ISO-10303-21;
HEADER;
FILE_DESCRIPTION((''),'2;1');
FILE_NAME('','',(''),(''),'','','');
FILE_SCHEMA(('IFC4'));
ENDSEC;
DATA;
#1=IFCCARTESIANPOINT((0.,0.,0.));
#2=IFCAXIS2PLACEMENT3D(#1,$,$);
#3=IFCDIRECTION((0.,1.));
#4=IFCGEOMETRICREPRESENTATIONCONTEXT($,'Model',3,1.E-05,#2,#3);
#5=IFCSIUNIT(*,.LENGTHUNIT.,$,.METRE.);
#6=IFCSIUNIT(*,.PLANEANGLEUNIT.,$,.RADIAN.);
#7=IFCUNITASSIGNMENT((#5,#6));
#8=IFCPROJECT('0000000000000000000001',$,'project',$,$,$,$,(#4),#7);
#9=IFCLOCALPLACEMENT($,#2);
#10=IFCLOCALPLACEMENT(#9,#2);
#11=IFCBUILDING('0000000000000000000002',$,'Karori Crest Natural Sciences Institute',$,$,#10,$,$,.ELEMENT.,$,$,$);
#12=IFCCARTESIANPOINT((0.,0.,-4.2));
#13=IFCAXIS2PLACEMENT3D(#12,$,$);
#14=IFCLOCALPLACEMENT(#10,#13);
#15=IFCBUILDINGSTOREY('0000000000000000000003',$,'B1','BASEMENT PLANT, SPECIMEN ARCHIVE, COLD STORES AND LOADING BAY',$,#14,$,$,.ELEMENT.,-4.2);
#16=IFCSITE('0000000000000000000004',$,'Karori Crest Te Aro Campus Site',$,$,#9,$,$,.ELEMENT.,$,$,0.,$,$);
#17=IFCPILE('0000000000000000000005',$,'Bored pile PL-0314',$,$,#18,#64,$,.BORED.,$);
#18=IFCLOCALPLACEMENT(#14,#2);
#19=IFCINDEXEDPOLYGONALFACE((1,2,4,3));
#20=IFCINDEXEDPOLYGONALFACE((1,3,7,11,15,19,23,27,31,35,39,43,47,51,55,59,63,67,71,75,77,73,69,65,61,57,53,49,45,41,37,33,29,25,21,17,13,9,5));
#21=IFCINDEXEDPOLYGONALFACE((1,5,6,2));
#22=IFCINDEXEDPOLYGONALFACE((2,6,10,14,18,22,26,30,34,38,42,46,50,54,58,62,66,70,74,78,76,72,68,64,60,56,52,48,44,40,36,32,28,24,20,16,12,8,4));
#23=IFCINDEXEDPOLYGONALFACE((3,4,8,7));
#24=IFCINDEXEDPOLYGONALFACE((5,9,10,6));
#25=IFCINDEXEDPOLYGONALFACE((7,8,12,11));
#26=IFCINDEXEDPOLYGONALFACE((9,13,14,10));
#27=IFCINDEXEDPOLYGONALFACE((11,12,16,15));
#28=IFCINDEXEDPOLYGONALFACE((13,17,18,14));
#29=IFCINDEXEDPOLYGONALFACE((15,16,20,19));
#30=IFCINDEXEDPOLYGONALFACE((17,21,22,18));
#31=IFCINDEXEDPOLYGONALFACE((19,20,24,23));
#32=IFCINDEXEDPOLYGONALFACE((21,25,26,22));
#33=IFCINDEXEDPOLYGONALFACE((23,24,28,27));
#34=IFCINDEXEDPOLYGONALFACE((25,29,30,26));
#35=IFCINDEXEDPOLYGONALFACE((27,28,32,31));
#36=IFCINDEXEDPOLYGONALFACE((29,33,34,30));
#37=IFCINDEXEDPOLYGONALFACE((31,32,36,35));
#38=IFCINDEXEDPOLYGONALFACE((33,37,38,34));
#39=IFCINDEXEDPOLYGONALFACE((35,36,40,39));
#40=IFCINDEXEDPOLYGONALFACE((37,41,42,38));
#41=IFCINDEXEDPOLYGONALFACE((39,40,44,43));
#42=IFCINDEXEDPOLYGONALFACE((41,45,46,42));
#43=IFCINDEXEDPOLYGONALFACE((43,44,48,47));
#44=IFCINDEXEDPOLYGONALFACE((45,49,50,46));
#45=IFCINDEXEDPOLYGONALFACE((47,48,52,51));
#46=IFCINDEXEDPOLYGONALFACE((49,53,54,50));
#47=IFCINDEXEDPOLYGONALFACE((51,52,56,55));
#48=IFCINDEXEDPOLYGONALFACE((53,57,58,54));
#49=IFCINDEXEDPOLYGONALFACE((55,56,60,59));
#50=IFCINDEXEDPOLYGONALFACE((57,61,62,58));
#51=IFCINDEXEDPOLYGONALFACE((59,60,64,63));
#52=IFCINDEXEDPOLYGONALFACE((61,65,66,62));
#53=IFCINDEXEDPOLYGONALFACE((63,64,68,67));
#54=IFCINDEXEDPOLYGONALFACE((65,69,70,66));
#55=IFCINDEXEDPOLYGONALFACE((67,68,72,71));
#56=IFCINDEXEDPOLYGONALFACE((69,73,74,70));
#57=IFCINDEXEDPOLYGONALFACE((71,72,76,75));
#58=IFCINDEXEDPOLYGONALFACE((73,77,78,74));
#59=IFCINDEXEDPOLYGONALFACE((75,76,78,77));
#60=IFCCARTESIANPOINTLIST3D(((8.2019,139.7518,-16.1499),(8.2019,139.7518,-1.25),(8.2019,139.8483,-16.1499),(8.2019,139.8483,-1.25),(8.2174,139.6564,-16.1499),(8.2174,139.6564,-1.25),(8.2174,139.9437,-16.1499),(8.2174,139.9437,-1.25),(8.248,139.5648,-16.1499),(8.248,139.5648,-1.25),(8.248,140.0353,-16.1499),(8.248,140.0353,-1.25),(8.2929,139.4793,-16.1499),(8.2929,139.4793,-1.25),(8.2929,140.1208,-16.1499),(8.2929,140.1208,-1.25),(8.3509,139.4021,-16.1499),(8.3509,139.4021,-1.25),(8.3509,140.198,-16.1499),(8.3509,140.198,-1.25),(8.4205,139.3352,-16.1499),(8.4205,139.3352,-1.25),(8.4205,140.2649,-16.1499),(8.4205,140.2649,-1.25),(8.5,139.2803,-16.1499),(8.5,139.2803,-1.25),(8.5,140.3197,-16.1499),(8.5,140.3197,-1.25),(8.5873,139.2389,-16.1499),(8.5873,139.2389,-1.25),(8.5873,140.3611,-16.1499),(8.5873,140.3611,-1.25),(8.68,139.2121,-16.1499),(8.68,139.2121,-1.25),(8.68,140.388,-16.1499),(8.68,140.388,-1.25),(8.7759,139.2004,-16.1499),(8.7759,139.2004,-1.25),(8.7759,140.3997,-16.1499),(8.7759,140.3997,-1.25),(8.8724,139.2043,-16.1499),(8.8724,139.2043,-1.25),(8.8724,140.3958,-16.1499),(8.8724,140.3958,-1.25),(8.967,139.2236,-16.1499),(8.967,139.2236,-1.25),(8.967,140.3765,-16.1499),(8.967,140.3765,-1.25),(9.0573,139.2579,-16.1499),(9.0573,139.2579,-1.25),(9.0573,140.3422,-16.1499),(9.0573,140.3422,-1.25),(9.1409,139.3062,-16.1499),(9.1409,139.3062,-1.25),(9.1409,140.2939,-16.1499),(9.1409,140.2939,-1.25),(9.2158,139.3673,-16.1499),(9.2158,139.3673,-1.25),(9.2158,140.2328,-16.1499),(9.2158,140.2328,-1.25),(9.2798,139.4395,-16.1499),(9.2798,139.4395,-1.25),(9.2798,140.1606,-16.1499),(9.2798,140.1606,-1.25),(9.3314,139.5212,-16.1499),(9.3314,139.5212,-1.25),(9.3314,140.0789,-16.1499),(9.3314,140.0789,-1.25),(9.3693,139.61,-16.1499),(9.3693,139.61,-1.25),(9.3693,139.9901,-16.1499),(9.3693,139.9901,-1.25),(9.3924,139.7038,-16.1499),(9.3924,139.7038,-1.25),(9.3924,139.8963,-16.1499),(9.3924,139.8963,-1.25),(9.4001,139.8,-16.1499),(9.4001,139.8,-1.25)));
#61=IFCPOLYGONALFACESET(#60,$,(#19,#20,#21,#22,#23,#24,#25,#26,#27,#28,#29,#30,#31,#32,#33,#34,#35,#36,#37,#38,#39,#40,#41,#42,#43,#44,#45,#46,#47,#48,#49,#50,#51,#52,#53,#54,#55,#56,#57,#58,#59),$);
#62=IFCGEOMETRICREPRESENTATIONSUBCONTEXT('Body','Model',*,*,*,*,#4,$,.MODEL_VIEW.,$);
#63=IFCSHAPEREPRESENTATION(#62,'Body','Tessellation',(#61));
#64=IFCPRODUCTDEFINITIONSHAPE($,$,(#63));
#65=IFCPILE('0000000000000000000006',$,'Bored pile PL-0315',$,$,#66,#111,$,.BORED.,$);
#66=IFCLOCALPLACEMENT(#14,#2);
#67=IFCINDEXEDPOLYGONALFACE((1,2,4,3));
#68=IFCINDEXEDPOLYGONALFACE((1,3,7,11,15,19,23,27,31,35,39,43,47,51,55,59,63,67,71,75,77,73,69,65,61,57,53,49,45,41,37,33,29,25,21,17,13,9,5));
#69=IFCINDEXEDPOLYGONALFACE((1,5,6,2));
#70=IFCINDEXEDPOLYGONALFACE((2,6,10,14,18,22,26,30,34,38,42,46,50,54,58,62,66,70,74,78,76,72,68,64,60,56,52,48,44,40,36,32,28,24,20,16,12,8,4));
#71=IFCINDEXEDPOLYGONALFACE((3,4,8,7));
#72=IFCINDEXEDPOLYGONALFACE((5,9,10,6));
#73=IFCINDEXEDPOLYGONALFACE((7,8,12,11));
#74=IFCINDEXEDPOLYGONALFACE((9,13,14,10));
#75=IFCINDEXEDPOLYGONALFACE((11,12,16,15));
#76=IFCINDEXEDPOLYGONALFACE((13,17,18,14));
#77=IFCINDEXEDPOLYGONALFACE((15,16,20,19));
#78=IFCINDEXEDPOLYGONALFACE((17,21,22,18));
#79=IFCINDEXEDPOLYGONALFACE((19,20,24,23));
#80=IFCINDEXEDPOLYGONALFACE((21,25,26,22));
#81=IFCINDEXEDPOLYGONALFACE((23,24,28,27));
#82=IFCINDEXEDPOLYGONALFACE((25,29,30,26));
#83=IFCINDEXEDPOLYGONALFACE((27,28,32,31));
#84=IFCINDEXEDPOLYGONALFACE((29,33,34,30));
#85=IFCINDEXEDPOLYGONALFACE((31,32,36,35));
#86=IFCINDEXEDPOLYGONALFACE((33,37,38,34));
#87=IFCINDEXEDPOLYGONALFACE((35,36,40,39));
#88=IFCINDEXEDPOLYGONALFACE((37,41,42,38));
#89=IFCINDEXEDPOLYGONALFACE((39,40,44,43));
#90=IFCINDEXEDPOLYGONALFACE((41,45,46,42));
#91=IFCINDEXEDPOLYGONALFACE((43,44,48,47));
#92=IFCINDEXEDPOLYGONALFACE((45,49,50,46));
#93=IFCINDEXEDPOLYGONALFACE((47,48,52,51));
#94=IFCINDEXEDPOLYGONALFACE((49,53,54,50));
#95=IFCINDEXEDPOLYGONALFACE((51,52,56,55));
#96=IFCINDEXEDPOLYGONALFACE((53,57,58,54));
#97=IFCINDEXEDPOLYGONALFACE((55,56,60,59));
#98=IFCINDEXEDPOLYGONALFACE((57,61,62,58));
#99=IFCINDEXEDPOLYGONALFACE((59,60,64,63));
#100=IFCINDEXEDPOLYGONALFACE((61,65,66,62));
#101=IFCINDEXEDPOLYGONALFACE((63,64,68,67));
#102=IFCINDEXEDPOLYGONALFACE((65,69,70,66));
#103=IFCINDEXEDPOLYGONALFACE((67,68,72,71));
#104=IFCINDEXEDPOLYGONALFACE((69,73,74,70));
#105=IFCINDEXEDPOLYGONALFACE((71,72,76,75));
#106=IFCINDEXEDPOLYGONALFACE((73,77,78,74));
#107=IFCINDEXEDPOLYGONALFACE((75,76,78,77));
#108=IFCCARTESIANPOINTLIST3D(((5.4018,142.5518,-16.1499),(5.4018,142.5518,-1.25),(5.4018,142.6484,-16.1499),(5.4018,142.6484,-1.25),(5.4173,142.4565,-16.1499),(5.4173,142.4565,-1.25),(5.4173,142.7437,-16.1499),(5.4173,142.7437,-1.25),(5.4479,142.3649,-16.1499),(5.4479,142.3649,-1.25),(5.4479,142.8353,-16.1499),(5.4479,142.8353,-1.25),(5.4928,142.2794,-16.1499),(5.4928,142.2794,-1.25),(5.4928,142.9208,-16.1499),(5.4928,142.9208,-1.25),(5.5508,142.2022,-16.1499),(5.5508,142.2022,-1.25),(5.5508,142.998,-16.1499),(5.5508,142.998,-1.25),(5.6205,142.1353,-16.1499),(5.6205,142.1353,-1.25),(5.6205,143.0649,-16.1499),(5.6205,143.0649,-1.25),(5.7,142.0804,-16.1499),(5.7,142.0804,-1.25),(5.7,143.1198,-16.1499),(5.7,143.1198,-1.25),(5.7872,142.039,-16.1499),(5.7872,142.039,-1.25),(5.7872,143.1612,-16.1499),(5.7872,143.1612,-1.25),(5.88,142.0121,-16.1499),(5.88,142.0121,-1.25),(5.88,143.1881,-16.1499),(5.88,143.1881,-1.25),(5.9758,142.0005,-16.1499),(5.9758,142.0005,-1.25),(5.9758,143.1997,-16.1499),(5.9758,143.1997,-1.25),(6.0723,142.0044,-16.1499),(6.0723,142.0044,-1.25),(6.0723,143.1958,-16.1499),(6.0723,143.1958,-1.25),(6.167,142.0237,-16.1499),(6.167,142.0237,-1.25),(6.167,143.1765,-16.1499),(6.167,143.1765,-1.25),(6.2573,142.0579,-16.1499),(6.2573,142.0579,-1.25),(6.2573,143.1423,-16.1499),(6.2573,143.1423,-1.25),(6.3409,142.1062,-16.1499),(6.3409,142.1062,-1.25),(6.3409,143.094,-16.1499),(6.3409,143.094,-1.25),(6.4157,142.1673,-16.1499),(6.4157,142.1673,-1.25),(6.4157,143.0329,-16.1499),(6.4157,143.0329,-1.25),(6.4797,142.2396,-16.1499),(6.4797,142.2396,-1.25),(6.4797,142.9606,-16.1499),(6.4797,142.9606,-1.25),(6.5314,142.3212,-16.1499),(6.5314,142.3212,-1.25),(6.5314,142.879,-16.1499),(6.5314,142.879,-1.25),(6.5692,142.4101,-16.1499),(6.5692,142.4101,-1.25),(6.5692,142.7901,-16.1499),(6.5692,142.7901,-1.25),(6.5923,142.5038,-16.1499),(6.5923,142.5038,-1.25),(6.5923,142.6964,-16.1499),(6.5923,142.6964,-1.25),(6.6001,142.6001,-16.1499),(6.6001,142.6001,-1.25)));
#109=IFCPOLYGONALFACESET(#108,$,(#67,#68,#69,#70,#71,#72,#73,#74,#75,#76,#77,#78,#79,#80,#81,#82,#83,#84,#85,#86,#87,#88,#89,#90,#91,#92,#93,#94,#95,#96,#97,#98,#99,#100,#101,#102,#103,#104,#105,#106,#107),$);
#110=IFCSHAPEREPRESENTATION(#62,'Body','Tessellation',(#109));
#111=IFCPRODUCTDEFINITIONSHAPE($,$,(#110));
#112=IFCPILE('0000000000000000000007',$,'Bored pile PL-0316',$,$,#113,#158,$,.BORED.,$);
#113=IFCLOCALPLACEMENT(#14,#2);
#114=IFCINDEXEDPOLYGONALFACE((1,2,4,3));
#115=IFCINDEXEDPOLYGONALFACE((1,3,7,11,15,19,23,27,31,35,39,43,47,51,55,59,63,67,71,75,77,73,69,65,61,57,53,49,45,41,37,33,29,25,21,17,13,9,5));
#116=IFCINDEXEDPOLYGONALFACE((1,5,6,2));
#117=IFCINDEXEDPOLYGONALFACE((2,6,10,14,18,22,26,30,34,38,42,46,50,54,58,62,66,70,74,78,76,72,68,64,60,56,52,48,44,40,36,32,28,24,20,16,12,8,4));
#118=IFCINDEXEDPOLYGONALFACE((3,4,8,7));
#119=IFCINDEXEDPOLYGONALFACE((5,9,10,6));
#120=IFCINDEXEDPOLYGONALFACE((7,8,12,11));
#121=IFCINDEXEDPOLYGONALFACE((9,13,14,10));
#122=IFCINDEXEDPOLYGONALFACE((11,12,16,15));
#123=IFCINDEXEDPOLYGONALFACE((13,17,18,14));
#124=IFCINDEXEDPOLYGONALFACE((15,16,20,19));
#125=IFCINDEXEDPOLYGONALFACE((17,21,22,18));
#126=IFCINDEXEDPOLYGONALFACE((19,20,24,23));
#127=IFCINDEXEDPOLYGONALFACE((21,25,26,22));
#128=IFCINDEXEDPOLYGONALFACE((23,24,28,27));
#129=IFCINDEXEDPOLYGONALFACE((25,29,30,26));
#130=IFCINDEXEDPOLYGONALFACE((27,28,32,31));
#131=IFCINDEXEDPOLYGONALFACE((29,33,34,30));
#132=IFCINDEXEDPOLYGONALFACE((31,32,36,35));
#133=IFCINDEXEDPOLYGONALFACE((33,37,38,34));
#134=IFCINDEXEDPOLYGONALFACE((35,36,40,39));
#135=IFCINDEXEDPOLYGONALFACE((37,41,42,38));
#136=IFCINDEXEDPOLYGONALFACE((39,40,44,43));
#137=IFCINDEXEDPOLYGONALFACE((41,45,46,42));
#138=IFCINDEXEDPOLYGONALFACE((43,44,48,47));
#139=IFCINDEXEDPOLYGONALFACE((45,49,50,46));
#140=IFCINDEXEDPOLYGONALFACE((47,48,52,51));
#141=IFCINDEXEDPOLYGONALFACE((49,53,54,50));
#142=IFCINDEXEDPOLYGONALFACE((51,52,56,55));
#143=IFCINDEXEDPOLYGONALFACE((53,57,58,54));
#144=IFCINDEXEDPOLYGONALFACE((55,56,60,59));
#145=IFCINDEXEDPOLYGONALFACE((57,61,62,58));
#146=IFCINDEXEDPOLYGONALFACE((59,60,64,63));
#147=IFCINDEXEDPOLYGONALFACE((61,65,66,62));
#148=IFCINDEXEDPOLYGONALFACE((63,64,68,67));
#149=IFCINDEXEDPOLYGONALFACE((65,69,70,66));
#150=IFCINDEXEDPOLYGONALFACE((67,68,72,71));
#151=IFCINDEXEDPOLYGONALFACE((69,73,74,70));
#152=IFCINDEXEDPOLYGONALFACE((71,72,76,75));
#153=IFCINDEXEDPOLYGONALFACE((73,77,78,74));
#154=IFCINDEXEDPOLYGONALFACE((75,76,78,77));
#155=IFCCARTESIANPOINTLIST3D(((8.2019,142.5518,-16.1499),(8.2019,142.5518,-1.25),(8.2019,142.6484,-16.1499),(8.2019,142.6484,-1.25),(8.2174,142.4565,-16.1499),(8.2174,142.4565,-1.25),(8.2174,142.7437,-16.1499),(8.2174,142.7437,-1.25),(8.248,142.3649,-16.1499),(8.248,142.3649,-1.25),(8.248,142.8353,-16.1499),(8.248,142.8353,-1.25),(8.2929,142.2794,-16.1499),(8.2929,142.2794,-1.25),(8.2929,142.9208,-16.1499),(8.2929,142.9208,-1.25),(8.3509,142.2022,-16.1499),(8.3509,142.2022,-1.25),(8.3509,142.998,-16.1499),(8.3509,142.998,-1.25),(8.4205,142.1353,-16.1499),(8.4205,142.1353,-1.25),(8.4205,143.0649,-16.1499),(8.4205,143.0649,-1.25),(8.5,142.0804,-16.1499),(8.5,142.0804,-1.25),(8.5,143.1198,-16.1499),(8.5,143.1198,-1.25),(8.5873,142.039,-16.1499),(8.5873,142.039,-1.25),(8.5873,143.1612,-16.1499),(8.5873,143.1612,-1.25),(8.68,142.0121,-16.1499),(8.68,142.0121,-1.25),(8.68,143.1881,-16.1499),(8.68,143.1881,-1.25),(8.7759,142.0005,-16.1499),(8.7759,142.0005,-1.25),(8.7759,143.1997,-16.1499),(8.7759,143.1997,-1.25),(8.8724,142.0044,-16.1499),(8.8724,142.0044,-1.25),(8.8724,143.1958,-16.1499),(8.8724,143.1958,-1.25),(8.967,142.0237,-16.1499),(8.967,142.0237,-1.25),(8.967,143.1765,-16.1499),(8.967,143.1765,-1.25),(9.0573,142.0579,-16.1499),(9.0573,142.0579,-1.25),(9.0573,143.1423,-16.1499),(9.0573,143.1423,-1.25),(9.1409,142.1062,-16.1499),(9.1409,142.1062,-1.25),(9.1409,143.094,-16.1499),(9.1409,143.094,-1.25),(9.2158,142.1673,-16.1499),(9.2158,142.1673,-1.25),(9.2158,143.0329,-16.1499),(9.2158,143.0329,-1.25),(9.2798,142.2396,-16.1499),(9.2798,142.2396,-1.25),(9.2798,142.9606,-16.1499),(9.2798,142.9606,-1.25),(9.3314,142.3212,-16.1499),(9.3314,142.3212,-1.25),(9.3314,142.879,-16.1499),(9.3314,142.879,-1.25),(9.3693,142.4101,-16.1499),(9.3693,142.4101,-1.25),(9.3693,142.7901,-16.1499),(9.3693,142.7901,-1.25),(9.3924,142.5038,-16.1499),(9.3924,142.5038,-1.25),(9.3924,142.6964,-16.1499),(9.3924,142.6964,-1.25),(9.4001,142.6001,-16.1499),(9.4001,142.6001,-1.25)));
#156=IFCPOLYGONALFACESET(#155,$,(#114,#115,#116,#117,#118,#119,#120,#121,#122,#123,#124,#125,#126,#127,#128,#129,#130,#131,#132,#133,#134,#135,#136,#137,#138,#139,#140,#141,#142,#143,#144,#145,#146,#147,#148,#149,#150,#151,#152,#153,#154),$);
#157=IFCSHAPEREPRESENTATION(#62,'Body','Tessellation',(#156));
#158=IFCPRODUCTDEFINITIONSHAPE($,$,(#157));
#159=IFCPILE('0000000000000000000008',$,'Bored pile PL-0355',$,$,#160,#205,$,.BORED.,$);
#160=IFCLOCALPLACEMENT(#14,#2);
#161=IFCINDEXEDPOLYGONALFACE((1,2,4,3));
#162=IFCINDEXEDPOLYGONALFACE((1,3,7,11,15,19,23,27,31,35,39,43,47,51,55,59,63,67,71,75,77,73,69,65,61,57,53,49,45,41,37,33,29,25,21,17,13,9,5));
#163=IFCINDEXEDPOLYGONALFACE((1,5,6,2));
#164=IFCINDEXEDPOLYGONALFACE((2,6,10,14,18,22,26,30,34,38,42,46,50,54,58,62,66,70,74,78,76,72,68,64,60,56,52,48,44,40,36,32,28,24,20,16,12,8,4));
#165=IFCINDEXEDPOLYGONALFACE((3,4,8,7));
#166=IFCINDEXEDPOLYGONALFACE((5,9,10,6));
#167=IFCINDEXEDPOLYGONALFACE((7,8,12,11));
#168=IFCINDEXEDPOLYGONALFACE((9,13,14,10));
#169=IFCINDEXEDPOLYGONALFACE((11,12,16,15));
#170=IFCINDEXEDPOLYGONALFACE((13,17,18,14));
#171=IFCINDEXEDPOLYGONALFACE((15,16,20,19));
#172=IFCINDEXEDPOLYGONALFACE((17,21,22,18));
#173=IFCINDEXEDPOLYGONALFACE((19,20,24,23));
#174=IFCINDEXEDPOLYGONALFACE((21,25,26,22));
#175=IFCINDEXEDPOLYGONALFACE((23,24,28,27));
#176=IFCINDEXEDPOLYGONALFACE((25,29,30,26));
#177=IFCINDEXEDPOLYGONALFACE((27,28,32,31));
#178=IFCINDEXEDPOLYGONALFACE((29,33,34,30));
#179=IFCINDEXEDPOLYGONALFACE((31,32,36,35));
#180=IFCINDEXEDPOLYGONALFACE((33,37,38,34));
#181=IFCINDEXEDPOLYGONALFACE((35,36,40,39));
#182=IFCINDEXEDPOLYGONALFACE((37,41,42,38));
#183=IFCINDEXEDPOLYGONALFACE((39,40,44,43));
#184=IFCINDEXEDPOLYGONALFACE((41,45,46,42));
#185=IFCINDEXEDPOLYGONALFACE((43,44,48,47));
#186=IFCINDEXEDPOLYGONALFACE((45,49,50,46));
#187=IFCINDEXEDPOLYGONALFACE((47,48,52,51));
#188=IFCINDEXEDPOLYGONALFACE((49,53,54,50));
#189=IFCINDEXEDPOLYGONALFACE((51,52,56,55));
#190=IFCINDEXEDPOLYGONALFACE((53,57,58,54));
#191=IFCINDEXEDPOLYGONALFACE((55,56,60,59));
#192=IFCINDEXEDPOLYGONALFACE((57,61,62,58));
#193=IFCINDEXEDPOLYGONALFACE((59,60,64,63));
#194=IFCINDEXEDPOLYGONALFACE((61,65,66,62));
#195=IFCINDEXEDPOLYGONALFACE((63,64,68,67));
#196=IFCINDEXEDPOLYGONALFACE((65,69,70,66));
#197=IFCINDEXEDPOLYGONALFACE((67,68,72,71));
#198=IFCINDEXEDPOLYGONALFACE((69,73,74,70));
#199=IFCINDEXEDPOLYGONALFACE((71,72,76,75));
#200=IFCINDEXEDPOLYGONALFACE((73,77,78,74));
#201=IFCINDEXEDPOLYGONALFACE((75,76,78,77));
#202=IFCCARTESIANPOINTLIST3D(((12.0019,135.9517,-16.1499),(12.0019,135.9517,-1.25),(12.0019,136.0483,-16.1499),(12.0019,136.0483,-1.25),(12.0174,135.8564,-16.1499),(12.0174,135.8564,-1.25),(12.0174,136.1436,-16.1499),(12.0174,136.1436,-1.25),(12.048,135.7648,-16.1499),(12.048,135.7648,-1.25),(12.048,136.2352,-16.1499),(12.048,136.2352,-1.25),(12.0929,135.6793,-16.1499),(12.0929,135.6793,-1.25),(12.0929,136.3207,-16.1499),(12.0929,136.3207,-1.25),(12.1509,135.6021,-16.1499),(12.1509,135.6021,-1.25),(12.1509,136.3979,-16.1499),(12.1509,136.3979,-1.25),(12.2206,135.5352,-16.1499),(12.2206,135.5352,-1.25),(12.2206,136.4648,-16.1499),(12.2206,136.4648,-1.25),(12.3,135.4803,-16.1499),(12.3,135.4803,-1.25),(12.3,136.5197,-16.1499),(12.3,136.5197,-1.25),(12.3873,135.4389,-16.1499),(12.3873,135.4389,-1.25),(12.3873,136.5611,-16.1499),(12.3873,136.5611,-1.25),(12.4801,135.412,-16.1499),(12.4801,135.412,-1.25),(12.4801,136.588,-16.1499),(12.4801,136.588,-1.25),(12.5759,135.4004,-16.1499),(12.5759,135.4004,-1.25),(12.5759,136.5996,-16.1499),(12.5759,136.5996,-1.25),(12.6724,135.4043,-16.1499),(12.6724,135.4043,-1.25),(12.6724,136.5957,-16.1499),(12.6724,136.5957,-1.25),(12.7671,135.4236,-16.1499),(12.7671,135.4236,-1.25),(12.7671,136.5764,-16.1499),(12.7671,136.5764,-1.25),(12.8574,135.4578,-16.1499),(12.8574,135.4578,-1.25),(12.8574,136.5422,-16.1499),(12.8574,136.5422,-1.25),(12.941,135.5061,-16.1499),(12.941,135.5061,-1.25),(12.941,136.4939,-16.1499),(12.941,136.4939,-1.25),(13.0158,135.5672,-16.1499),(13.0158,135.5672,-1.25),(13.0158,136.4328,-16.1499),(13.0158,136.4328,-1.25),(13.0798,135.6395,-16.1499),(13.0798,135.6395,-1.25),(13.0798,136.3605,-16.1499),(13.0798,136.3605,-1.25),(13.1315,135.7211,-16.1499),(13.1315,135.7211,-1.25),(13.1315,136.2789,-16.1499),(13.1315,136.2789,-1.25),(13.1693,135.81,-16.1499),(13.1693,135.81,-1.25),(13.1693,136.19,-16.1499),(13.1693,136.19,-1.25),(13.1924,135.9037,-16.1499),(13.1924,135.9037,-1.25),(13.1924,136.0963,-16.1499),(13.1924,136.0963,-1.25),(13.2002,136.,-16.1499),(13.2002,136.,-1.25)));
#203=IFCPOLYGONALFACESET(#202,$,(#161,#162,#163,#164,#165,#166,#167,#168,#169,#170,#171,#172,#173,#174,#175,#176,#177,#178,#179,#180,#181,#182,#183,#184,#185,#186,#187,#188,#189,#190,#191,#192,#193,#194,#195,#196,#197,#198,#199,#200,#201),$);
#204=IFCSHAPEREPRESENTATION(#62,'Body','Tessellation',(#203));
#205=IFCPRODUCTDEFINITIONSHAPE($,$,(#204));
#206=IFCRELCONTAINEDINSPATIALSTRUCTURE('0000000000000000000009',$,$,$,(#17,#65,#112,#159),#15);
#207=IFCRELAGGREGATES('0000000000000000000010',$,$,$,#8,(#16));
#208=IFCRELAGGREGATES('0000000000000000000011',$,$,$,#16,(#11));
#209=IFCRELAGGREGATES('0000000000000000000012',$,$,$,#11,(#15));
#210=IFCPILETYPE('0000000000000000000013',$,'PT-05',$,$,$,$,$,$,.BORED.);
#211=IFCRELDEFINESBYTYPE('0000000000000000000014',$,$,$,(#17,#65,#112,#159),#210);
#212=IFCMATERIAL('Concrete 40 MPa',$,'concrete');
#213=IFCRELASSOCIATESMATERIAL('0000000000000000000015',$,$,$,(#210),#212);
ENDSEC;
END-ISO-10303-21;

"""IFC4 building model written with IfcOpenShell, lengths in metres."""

from ifc_helpers import new_model, si_unit, direction, frame, origin, origin_2d, place, context, subcontext, project, spatial, circle, extrude, material, material_profile, profile_set, type_object, element, save


model = new_model("IFC4")

# Units and contexts
model_context = context("Model", 3, precision=1e-05, world=origin(), true_north=direction((0.0, 1.0)))
body_context = subcontext(model_context, "Body", "Model", "MODEL_VIEW")
ifc_project = project(units=[si_unit("LENGTHUNIT", "METRE"), si_unit("PLANEANGLEUNIT", "RADIAN")], contexts=[model_context])

# Site, building, storey
site_placement = place(None, origin())
site = spatial("IfcSite", under=ifc_project, at=site_placement, Name="Karori Crest Te Aro Campus Site", CompositionType="ELEMENT", RefElevation=0.0)
building_placement = place(site_placement, origin())
building = spatial("IfcBuilding", under=site, at=building_placement, Name="Karori Crest Natural Sciences Institute", CompositionType="ELEMENT")
storey_placement = place(building_placement, frame((0.0, 0.0, -4.2)))
storey = spatial("IfcBuildingStorey", under=building, at=storey_placement, Name="B1", Description="BASEMENT PLANT, SPECIMEN ARCHIVE, COLD STORES AND LOADING BAY", CompositionType="ELEMENT", Elevation=-4.2)

# Shared definitions
ifc_material_1 = material(Name="Concrete 40 MPa", Category="concrete")

# Piles
ifc_material_profile_1 = material_profile(ifc_material_1, circle(Radius=0.6001, at=origin_2d()), Name="PILE1200")
ifc_profile_set_1 = profile_set([ifc_material_profile_1], Name="Concrete 40 MPa")
pile_type = type_object("IfcPileType", Name="PT-05", PredefinedType="BORED", material=ifc_profile_set_1)
for number, where, z_axis, x_axis, name in (
    (1, (8.8, 139.8, -1.25), (0.0, 0.0, -1.0), (1.0, 0.0, 0.0), "Bored pile PL-0314"),
    (2, (6.0, 142.6001, -1.25), (0.0, 0.0, -1.0), (1.0, 0.0, 0.0), "Bored pile PL-0315"),
    (3, (8.8, 142.6001, -1.25), (0.0, 0.0, -1.0), (1.0, 0.0, 0.0), "Bored pile PL-0316"),
    (4, (12.6001, 136.0, -1.25), (0.0, 0.0, -1.0), (1.0, 0.0, 0.0), "Bored pile PL-0355"),
):
    element("IfcPile", number, at=place(storey_placement, frame(where, z_axis=z_axis, x_axis=x_axis)), inside=storey, type_object=pile_type, Name=name, PredefinedType="BORED", context=body_context, shape_type="SweptSolid", body=[
        extrude(circle(Radius=0.6001, at=origin_2d()), origin(), (0.0, 0.0, 1.0), 14.8999),
    ])

save(model, "model.ifc")
